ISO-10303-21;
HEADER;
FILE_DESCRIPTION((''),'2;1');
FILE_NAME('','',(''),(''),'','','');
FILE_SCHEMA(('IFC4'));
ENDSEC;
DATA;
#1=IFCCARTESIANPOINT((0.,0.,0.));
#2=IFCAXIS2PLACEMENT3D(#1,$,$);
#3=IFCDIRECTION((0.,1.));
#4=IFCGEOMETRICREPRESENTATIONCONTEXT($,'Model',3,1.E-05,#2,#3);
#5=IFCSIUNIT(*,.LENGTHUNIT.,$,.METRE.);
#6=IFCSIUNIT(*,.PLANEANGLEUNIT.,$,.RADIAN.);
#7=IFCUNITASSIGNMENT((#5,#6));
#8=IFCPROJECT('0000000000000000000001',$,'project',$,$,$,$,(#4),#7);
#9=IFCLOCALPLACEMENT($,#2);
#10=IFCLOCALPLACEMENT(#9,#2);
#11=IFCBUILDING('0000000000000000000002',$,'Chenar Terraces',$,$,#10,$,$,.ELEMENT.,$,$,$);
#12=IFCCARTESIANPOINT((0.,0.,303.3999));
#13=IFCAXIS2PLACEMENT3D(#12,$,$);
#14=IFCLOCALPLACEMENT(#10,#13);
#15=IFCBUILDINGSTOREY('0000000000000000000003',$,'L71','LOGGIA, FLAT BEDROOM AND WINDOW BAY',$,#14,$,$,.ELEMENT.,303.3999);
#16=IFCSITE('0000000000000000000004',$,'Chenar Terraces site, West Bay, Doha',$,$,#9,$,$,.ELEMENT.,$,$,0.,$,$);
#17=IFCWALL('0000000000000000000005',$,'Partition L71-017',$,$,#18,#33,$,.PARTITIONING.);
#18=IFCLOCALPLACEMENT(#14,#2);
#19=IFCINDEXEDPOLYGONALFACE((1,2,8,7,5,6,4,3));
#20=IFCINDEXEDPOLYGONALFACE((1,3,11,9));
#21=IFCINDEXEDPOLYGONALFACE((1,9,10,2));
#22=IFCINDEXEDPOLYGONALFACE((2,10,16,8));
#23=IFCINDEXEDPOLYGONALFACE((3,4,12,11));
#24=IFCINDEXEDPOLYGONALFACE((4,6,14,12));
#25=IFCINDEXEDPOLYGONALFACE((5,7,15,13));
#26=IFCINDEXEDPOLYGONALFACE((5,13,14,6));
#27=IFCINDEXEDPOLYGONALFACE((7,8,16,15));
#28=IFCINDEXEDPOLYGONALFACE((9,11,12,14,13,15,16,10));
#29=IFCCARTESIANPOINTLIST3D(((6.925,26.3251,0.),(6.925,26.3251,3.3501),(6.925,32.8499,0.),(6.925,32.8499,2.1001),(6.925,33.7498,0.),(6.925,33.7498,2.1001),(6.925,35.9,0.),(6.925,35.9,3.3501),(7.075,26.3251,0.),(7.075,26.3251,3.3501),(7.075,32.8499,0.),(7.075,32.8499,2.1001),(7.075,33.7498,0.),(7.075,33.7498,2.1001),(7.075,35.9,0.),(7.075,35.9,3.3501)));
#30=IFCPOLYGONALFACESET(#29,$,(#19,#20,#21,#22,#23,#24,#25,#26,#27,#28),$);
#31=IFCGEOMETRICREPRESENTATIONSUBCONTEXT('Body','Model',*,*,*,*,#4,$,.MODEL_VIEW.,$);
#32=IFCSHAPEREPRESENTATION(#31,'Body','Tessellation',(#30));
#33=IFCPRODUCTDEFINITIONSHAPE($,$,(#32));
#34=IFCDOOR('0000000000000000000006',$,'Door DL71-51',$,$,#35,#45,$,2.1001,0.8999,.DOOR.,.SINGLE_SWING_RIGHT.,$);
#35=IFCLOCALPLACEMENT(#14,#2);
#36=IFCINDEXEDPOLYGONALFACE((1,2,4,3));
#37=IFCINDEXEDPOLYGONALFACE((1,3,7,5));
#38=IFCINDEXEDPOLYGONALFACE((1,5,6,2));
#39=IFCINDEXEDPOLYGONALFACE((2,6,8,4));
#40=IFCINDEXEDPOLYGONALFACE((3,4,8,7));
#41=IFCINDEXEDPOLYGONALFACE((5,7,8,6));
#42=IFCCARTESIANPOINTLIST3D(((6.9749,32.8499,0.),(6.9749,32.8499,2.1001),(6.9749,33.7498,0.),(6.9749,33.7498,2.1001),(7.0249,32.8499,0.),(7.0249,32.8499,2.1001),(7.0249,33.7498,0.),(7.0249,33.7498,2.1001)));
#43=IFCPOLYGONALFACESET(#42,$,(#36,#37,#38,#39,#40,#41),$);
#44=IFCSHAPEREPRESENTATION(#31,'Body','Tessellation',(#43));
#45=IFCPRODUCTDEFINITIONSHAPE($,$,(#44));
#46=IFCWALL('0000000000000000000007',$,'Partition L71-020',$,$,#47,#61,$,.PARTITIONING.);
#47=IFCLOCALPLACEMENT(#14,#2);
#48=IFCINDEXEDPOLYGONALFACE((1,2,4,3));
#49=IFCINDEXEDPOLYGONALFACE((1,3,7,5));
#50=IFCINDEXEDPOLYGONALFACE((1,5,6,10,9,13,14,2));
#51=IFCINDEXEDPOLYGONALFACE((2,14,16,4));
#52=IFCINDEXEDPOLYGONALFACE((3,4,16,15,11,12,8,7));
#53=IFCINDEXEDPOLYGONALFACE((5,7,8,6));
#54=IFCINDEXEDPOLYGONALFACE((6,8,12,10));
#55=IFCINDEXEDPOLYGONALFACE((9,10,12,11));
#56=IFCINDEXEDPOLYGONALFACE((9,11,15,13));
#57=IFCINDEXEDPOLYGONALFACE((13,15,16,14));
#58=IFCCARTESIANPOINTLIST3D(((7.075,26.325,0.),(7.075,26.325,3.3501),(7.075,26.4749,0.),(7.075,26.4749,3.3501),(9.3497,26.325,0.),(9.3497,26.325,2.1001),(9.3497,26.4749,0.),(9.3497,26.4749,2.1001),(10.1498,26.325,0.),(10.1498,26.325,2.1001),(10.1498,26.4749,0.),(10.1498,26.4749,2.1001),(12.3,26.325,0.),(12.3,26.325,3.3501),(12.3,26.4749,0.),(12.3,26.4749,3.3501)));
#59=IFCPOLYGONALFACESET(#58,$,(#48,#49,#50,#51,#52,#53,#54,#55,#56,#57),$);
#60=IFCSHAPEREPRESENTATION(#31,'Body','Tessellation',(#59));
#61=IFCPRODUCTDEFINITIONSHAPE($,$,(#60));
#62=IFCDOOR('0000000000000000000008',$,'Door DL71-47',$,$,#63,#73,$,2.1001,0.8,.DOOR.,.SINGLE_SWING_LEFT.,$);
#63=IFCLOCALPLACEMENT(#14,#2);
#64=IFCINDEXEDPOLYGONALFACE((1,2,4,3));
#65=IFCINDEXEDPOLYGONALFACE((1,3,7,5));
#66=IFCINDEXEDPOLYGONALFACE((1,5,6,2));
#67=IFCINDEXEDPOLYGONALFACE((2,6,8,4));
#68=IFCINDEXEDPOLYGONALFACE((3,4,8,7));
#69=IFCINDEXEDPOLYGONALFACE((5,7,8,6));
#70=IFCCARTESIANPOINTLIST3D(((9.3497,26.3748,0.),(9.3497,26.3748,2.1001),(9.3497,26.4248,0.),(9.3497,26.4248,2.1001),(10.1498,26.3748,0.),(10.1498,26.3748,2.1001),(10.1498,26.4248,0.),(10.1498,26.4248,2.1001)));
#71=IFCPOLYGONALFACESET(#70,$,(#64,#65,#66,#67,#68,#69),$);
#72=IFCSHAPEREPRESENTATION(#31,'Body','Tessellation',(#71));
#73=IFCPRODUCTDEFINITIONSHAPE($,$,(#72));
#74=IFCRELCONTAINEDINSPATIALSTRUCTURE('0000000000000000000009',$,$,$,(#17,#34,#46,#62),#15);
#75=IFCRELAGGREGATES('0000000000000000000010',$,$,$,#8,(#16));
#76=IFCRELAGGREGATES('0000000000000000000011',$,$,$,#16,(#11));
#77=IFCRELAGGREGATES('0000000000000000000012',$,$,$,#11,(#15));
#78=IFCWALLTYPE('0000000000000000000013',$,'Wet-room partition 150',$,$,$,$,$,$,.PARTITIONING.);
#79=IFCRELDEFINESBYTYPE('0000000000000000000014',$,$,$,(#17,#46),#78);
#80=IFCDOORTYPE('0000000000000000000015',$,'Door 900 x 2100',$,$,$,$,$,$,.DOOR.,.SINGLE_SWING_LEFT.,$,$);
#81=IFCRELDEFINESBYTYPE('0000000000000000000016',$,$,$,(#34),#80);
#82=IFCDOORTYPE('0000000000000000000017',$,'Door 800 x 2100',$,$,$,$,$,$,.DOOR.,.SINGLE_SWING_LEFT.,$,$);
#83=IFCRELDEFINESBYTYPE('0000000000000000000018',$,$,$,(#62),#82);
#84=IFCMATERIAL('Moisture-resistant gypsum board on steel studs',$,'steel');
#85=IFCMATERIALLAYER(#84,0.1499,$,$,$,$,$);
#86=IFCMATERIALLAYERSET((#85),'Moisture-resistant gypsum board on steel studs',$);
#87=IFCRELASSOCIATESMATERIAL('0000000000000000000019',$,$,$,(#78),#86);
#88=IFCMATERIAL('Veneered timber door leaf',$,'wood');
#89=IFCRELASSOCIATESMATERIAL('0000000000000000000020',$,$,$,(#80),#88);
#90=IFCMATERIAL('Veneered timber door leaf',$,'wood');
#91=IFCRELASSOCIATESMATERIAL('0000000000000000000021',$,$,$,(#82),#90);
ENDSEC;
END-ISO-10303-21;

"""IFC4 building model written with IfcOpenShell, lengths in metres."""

from ifc_helpers import new_model, si_unit, direction, frame, frame_2d, origin, place, context, subcontext, project, spatial, rectangle, extrude, material, layer, layer_set, type_object, element, fill, save


model = new_model("IFC4")

# Units and contexts
model_context = context("Model", 3, precision=1e-05, world=origin(), true_north=direction((0.0, 1.0)))
body_context = subcontext(model_context, "Body", "Model", "MODEL_VIEW")
ifc_project = project(units=[si_unit("LENGTHUNIT", "METRE"), si_unit("PLANEANGLEUNIT", "RADIAN")], contexts=[model_context])

# Site, building, storey
site_placement = place(None, origin())
site = spatial("IfcSite", under=ifc_project, at=site_placement, Name="Chenar Terraces site, West Bay, Doha", CompositionType="ELEMENT", RefElevation=0.0)
building_placement = place(site_placement, origin())
building = spatial("IfcBuilding", under=site, at=building_placement, Name="Chenar Terraces", CompositionType="ELEMENT")
storey_placement = place(building_placement, frame((0.0, 0.0, 303.3999)))
storey = spatial("IfcBuildingStorey", under=building, at=storey_placement, Name="L71", Description="LOGGIA, FLAT BEDROOM AND WINDOW BAY", CompositionType="ELEMENT", Elevation=303.3999)

# Walls, openings, doors
ifc_material_1 = material(Name="Moisture-resistant gypsum board on steel studs", Category="steel")
ifc_layer_1 = layer(ifc_material_1, 0.1499)
ifc_layer_set_1 = layer_set([ifc_layer_1], Name="Moisture-resistant gypsum board on steel studs")
wall_type_1 = type_object("IfcWallType", Name="Wet-room partition 150", PredefinedType="PARTITIONING", material=ifc_layer_set_1)
wall_1_placement = place(storey_placement, frame((7.0, 26.325, 0.0), z_axis=(0.0, 0.0, 1.0), x_axis=(0.0, 1.0, 0.0)))
wall_1 = element("IfcWall", 1, at=wall_1_placement, inside=storey, type_object=wall_type_1, Name="Partition L71-017", PredefinedType="PARTITIONING", context=body_context, shape_type="SweptSolid", body=[
    extrude(rectangle(XDim=9.575, YDim=0.1499, at=frame_2d((4.7876, 0.0))), origin(), (0.0, 0.0, 1.0), 3.3501),
])
opening_1_placement = place(wall_1_placement, frame((6.5249, 0.0, 0.0)))
opening_1 = element("IfcOpeningElement", 2, at=opening_1_placement, cuts=wall_1, PredefinedType="OPENING", context=body_context, shape_type="SweptSolid", body=[
    extrude(rectangle(XDim=0.8999, YDim=2.1001, at=frame_2d((0.45, 1.05))), frame((0.0, 0.085, 0.0), z_axis=(0.0, -1.0, 0.0), x_axis=(1.0, 0.0, 0.0)), (0.0, 0.0, 1.0), 0.1699),
])
ifc_material_2 = material(Name="Veneered timber door leaf", Category="wood")
door_type_1 = type_object("IfcDoorType", Name="Door 900 x 2100", OperationType="SINGLE_SWING_LEFT", PredefinedType="DOOR", material=ifc_material_2)
door_1_placement = place(opening_1_placement, frame((0.8999, 0.0, 0.0), z_axis=(0.0, 0.0, 1.0), x_axis=(-1.0, 0.0, 0.0)))
door_1 = element("IfcDoor", 3, at=door_1_placement, inside=storey, type_object=door_type_1, Name="Door DL71-51", OperationType="SINGLE_SWING_RIGHT", OverallHeight=2.1001, OverallWidth=0.8999, PredefinedType="DOOR", context=body_context, shape_type="SweptSolid", body=[
    extrude(rectangle(XDim=0.8999, YDim=2.1001, at=frame_2d((0.45, 1.05))), frame((0.0, 0.0249, 0.0), z_axis=(0.0, -1.0, 0.0), x_axis=(1.0, 0.0, 0.0)), (0.0, 0.0, 1.0), 0.05),
])
fill(opening_1, door_1)
wall_2_placement = place(storey_placement, frame((7.075, 26.3999, 0.0), z_axis=(0.0, 0.0, 1.0), x_axis=(1.0, 0.0, 0.0)))
wall_2 = element("IfcWall", 4, at=wall_2_placement, inside=storey, type_object=wall_type_1, Name="Partition L71-020", PredefinedType="PARTITIONING", context=body_context, shape_type="SweptSolid", body=[
    extrude(rectangle(XDim=5.2251, YDim=0.1499, at=frame_2d((2.6125, 0.0))), origin(), (0.0, 0.0, 1.0), 3.3501),
])
opening_2_placement = place(wall_2_placement, frame((2.2749, 0.0, 0.0)))
opening_2 = element("IfcOpeningElement", 5, at=opening_2_placement, cuts=wall_2, PredefinedType="OPENING", context=body_context, shape_type="SweptSolid", body=[
    extrude(rectangle(XDim=0.8, YDim=2.1001, at=frame_2d((0.3999, 1.05))), frame((0.0, 0.085, 0.0), z_axis=(0.0, -1.0, 0.0), x_axis=(1.0, 0.0, 0.0)), (0.0, 0.0, 1.0), 0.1699),
])
ifc_material_3 = material(Name="Veneered timber door leaf", Category="wood")
door_type_2 = type_object("IfcDoorType", Name="Door 800 x 2100", OperationType="SINGLE_SWING_LEFT", PredefinedType="DOOR", material=ifc_material_3)
door_2_placement = place(opening_2_placement, origin())
door_2 = element("IfcDoor", 6, at=door_2_placement, inside=storey, type_object=door_type_2, Name="Door DL71-47", OperationType="SINGLE_SWING_LEFT", OverallHeight=2.1001, OverallWidth=0.8, PredefinedType="DOOR", context=body_context, shape_type="SweptSolid", body=[
    extrude(rectangle(XDim=0.8, YDim=2.1001, at=frame_2d((0.3999, 1.05))), frame((0.0, 0.0249, 0.0), z_axis=(0.0, -1.0, 0.0), x_axis=(1.0, 0.0, 0.0)), (0.0, 0.0, 1.0), 0.05),
])
fill(opening_2, door_2)

save(model, "model.ifc")
